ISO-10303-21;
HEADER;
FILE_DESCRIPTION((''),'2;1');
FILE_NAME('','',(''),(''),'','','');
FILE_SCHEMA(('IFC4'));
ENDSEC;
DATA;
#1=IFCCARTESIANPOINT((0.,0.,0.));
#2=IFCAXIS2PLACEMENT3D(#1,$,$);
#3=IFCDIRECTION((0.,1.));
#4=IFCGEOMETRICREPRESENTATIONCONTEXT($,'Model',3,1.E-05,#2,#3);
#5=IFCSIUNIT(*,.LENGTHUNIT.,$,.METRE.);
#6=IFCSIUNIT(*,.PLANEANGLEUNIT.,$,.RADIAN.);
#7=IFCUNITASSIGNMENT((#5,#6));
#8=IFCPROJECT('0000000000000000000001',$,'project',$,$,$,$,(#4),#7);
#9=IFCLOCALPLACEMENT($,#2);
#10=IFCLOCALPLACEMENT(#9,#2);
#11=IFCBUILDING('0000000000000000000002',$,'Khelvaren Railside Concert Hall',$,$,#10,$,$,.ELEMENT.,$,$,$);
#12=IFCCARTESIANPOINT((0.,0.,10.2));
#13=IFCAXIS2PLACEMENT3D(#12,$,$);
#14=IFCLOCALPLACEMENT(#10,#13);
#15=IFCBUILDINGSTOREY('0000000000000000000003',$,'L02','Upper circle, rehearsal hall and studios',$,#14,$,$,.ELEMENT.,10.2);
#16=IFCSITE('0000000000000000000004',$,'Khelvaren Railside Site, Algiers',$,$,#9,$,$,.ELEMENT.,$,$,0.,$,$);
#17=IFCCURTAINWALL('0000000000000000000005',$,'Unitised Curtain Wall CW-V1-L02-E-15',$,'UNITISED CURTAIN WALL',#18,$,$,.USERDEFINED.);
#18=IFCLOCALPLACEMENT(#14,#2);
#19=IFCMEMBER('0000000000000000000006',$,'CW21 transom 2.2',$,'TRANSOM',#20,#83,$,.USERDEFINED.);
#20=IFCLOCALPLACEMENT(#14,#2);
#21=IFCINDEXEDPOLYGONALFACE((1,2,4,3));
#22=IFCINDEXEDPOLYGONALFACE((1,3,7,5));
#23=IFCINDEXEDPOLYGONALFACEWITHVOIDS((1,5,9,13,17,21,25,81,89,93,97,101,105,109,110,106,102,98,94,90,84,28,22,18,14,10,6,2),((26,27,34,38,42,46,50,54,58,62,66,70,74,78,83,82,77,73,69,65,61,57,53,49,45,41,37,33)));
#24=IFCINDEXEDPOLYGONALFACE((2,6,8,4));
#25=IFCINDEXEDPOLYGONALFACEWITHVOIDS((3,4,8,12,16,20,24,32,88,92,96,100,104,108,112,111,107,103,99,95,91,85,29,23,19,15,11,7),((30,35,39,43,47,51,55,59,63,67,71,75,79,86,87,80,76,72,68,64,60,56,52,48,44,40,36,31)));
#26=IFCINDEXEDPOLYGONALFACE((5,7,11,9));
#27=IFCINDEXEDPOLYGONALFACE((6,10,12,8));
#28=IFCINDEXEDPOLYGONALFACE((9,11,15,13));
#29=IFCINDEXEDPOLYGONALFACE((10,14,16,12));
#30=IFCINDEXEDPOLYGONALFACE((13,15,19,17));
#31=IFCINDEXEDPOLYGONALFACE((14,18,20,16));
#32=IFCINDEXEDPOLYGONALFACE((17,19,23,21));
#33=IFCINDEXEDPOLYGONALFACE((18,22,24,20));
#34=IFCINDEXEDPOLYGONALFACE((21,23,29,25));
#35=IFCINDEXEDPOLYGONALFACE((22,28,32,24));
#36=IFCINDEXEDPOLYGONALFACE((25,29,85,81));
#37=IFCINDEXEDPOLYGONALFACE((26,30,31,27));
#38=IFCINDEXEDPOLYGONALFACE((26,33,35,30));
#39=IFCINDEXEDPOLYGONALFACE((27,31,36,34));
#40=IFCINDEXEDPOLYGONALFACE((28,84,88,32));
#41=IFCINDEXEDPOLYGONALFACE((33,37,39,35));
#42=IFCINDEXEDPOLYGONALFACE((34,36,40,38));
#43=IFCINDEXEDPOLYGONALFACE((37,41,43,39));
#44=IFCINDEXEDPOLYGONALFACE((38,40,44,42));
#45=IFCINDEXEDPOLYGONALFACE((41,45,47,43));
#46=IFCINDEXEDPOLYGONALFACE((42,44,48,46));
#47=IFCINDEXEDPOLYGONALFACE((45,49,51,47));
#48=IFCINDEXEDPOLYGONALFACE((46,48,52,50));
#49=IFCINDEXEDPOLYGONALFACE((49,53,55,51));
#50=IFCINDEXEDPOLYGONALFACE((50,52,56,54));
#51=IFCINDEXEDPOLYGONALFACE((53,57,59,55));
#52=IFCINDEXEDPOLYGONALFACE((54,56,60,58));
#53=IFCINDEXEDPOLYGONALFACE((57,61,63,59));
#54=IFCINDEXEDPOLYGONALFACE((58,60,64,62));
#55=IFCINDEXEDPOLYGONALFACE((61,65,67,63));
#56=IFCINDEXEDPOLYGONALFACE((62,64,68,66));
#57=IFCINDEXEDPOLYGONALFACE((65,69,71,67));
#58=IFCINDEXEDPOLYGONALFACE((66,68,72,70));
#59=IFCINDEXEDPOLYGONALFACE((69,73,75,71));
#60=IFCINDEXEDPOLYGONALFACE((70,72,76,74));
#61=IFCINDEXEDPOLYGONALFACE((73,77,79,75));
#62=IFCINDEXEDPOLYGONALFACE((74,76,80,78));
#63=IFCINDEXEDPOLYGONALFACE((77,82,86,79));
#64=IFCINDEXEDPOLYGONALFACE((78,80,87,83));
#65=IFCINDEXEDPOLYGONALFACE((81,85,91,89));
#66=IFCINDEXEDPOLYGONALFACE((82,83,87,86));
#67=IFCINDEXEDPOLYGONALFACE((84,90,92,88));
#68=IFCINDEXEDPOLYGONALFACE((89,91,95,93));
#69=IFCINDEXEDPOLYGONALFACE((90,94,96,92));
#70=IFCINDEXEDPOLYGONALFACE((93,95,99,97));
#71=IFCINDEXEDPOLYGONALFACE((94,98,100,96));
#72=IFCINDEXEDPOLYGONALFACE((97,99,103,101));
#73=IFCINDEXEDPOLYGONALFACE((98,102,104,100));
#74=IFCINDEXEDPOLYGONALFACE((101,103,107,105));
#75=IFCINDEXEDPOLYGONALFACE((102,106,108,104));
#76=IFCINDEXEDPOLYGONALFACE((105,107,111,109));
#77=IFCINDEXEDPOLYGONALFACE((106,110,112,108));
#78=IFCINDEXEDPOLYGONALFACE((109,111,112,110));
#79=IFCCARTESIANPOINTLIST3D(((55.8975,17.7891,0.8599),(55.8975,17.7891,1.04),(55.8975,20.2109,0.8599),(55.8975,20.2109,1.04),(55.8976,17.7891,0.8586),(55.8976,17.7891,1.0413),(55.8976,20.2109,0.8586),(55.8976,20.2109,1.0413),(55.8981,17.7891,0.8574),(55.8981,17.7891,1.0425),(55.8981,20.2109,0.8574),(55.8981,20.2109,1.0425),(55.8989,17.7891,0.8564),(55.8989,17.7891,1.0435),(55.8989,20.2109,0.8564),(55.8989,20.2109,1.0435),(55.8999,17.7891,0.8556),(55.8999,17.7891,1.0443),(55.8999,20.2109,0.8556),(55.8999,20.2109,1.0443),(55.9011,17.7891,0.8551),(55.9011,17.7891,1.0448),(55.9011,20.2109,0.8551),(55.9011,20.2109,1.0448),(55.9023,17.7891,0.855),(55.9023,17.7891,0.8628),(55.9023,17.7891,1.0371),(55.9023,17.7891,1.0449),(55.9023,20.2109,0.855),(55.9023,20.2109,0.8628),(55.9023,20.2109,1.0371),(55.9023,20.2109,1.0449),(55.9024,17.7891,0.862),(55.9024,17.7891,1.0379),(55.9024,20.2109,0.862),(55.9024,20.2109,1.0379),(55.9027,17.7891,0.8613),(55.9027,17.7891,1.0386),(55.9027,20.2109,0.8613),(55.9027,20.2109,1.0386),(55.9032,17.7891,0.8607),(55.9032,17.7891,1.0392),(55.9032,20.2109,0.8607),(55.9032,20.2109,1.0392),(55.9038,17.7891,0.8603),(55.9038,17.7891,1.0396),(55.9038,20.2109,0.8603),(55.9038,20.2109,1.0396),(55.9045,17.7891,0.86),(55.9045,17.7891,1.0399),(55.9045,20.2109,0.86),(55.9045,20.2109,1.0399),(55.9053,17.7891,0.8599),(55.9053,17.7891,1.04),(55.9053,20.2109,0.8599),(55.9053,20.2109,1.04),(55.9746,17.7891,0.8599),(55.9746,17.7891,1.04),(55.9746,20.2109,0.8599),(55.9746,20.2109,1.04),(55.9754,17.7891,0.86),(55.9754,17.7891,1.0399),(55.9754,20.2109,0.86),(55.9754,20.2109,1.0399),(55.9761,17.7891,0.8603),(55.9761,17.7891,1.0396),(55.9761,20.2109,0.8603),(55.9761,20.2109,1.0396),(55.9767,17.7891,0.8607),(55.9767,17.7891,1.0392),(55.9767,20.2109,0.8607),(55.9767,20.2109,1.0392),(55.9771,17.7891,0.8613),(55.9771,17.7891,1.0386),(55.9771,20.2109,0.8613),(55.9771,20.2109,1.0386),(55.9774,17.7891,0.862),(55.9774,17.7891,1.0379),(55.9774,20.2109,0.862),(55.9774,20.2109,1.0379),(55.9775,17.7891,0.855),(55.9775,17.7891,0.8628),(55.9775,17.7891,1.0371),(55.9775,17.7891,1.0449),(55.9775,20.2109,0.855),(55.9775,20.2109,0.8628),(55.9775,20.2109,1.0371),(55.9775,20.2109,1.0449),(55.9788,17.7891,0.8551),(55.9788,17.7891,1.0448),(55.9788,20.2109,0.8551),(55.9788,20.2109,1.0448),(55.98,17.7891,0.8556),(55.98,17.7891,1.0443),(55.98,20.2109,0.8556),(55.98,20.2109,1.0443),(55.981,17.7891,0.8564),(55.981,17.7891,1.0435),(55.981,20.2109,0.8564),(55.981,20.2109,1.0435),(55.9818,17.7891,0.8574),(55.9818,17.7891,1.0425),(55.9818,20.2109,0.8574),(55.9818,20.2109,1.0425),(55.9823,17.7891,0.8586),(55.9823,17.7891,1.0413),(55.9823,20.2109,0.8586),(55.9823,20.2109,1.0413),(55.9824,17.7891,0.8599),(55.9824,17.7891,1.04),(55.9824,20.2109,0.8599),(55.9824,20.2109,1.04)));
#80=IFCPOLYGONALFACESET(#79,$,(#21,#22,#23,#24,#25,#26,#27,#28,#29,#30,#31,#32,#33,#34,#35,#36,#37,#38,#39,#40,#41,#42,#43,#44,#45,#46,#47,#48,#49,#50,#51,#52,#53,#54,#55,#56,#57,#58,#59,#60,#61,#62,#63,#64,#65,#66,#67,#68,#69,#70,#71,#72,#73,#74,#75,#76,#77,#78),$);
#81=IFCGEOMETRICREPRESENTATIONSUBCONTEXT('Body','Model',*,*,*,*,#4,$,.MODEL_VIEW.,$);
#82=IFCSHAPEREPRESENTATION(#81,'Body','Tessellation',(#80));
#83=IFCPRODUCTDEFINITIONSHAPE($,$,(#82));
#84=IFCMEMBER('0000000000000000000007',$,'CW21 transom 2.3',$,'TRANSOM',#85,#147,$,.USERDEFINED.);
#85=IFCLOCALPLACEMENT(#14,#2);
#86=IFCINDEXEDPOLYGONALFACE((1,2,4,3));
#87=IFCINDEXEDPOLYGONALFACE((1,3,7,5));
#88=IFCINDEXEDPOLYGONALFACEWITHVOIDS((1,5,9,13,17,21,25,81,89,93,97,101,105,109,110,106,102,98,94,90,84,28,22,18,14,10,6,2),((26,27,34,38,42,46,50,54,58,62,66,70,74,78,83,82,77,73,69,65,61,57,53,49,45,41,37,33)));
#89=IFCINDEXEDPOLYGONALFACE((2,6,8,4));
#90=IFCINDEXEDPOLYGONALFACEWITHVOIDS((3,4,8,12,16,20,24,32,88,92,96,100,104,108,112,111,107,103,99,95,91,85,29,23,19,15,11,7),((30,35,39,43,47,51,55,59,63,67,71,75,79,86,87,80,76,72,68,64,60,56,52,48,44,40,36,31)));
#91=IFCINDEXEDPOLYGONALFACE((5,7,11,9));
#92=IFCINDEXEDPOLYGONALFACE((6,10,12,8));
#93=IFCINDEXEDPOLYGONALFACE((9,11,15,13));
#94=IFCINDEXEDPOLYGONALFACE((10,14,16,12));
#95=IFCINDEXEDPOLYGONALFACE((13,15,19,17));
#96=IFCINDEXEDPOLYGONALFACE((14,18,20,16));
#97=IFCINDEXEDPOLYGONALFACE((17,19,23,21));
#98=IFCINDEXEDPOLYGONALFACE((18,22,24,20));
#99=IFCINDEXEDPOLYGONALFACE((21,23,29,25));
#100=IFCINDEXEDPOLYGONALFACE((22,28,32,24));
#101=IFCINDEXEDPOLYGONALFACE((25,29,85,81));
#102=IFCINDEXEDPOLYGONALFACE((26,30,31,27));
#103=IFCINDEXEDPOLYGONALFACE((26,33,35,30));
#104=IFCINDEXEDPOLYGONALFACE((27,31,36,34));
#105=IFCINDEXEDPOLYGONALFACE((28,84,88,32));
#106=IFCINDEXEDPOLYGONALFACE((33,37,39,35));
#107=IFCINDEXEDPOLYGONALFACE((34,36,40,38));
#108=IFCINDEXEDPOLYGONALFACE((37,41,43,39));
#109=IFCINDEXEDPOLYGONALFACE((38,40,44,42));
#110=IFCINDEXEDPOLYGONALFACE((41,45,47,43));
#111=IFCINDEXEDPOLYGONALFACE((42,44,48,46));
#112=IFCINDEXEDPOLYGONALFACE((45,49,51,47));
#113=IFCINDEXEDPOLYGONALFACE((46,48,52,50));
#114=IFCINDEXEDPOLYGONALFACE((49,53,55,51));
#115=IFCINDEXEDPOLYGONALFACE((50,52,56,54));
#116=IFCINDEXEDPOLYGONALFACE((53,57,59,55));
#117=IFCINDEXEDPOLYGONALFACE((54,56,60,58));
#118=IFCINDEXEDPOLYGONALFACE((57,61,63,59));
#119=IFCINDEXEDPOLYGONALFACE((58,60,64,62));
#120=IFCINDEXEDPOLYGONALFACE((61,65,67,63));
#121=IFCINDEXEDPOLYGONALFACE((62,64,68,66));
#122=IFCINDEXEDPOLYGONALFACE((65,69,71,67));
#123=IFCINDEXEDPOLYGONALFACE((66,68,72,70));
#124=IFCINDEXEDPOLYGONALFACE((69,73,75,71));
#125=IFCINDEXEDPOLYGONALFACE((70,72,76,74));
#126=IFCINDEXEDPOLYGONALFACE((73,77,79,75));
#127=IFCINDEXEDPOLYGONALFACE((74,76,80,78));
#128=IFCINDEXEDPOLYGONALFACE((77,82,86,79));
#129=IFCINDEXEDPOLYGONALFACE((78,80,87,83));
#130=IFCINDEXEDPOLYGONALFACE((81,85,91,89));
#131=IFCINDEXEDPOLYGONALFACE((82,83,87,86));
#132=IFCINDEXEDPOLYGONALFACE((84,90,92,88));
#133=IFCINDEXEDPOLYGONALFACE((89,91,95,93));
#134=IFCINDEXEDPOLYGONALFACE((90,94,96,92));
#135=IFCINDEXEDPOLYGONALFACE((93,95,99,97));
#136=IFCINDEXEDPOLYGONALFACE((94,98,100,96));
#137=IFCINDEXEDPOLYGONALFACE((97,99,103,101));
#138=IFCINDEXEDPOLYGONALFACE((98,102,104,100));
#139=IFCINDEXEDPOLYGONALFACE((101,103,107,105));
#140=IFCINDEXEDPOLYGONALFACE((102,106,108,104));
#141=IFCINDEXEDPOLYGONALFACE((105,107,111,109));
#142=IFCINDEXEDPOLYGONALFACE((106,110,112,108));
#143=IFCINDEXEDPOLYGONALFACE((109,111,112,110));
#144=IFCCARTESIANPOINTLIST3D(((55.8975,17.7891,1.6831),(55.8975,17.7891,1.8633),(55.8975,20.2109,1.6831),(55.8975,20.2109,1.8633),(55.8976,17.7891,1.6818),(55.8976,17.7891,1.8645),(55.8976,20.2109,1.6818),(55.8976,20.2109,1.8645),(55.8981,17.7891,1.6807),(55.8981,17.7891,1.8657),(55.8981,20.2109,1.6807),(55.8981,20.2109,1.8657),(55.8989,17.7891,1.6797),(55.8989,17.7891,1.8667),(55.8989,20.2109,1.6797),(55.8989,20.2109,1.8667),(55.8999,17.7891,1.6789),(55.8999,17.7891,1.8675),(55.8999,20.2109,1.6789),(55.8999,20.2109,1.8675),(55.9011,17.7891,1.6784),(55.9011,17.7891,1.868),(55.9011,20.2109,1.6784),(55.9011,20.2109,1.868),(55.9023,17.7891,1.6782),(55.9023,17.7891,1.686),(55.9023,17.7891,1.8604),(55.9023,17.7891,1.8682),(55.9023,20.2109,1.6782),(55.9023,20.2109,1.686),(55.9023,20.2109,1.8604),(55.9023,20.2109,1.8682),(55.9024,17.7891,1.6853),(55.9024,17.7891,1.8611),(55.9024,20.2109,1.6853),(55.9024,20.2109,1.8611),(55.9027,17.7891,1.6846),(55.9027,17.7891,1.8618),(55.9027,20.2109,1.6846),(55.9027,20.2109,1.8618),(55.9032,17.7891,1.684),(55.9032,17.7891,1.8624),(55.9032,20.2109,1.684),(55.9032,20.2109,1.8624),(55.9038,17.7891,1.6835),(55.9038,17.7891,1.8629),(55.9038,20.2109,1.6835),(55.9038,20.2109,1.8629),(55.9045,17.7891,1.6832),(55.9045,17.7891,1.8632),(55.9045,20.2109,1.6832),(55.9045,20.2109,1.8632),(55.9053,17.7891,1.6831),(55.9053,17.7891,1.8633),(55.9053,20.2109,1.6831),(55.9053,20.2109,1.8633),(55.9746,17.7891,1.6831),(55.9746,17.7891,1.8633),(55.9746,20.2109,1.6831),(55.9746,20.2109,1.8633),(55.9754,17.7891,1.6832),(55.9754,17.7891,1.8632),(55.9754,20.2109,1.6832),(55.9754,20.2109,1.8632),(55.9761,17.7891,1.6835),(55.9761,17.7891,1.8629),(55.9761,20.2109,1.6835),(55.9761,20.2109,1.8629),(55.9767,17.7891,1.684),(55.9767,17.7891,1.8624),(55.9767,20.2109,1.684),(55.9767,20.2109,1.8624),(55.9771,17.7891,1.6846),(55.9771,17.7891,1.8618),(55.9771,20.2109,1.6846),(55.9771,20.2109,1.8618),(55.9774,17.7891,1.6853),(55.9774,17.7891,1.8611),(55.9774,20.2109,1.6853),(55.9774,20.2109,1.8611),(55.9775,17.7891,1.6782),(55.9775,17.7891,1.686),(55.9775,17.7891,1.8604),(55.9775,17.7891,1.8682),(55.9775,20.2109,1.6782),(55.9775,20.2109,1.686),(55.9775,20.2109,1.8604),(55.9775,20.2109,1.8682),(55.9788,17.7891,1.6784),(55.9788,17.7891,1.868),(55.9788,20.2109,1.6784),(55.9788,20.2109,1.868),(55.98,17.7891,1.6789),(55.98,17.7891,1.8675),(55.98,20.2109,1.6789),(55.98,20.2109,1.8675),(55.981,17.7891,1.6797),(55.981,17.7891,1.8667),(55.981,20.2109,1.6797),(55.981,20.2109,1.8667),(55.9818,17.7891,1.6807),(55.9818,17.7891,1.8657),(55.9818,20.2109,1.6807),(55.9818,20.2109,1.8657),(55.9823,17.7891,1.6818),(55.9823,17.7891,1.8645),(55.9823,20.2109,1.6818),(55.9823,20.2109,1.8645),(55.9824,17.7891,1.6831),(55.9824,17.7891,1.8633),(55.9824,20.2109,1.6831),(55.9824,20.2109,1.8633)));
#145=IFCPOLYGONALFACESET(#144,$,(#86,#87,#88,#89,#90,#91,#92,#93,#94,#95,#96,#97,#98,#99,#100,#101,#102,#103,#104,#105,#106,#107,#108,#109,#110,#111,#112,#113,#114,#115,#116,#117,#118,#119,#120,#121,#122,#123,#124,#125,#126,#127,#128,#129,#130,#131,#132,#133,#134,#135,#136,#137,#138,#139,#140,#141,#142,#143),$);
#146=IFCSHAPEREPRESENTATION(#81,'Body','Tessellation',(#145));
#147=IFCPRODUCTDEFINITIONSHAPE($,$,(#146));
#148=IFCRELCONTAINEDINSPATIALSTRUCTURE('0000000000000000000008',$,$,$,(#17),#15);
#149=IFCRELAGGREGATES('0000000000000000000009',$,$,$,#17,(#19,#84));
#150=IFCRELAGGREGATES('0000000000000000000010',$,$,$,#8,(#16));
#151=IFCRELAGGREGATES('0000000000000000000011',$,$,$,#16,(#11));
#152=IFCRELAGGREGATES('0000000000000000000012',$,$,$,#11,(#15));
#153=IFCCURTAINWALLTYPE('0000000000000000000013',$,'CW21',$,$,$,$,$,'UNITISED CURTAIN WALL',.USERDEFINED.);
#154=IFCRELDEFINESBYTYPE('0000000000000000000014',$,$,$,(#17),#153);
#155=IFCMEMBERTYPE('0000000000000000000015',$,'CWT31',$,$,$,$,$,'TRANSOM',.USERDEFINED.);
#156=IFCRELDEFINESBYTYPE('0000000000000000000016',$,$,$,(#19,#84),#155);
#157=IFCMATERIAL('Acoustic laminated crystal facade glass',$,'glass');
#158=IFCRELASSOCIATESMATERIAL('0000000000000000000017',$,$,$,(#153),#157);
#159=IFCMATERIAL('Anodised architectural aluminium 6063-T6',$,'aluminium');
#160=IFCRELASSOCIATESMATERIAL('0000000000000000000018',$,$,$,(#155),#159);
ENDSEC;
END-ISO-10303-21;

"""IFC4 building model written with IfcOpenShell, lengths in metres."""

from ifc_helpers import new_model, si_unit, direction, frame, origin, origin_2d, place, context, subcontext, project, spatial, hollow_rectangle, extrude, material, material_profile, profile_set, type_object, element, aggregate, save


model = new_model("IFC4")

# Units and contexts
model_context = context("Model", 3, precision=1e-05, world=origin(), true_north=direction((0.0, 1.0)))
body_context = subcontext(model_context, "Body", "Model", "MODEL_VIEW")
ifc_project = project(units=[si_unit("LENGTHUNIT", "METRE"), si_unit("PLANEANGLEUNIT", "RADIAN")], contexts=[model_context])

# Site, building, storey
site_placement = place(None, origin())
site = spatial("IfcSite", under=ifc_project, at=site_placement, Name="Khelvaren Railside Site, Algiers", CompositionType="ELEMENT", RefElevation=0.0)
building_placement = place(site_placement, origin())
building = spatial("IfcBuilding", under=site, at=building_placement, Name="Khelvaren Railside Concert Hall", CompositionType="ELEMENT")
storey_placement = place(building_placement, frame((0.0, 0.0, 10.2)))
storey = spatial("IfcBuildingStorey", under=building, at=storey_placement, Name="L02", Description="Upper circle, rehearsal hall and studios", CompositionType="ELEMENT", Elevation=10.2)

# Curtain wall, members
ifc_material_1 = material(Name="Acoustic laminated crystal facade glass", Category="glass")
curtain_wall_type = type_object("IfcCurtainWallType", Name="CW21", ElementType="UNITISED CURTAIN WALL", PredefinedType="USERDEFINED", material=ifc_material_1)
curtain_wall_placement = place(storey_placement, origin())
curtain_wall = element("IfcCurtainWall", 1, at=curtain_wall_placement, inside=storey, type_object=curtain_wall_type, Name="Unitised Curtain Wall CW-V1-L02-E-15", ObjectType="UNITISED CURTAIN WALL", PredefinedType="USERDEFINED")
ifc_material_2 = material(Name="Anodised architectural aluminium 6063-T6", Category="aluminium")
ifc_material_profile_1 = material_profile(ifc_material_2, hollow_rectangle(XDim=0.085, YDim=0.1899, WallThickness=0.0049, InnerFilletRadius=0.0029, OuterFilletRadius=0.0049, at=origin_2d()), Name="CWT 85x190x5")
ifc_profile_set_1 = profile_set([ifc_material_profile_1], Name="Anodised architectural aluminium 6063-T6")
member_type_1 = type_object("IfcMemberType", Name="CWT31", ElementType="TRANSOM", PredefinedType="USERDEFINED", material=ifc_profile_set_1)
member_1_placement = place(storey_placement, frame((55.9399, 20.2109, 0.95), z_axis=(0.0, -1.0, 0.0), x_axis=(1.0, 0.0, 0.0)))
member_1 = element("IfcMember", 2, at=member_1_placement, type_object=member_type_1, Name="CW21 transom 2.2", ObjectType="TRANSOM", PredefinedType="USERDEFINED", context=body_context, shape_type="SweptSolid", body=[
    extrude(hollow_rectangle(XDim=0.085, YDim=0.1899, WallThickness=0.0049, InnerFilletRadius=0.0029, OuterFilletRadius=0.0049, at=origin_2d()), origin(), (0.0, 0.0, 1.0), 2.4219),
])
member_2_placement = place(storey_placement, frame((55.9399, 20.2109, 1.7732), z_axis=(0.0, -1.0, 0.0), x_axis=(1.0, 0.0, 0.0)))
member_2 = element("IfcMember", 3, at=member_2_placement, type_object=member_type_1, Name="CW21 transom 2.3", ObjectType="TRANSOM", PredefinedType="USERDEFINED", context=body_context, shape_type="SweptSolid", body=[
    extrude(hollow_rectangle(XDim=0.085, YDim=0.1899, WallThickness=0.0049, InnerFilletRadius=0.0029, OuterFilletRadius=0.0049, at=origin_2d()), origin(), (0.0, 0.0, 1.0), 2.4219),
])

aggregate(curtain_wall, [member_1, member_2])

save(model, "model.ifc")
